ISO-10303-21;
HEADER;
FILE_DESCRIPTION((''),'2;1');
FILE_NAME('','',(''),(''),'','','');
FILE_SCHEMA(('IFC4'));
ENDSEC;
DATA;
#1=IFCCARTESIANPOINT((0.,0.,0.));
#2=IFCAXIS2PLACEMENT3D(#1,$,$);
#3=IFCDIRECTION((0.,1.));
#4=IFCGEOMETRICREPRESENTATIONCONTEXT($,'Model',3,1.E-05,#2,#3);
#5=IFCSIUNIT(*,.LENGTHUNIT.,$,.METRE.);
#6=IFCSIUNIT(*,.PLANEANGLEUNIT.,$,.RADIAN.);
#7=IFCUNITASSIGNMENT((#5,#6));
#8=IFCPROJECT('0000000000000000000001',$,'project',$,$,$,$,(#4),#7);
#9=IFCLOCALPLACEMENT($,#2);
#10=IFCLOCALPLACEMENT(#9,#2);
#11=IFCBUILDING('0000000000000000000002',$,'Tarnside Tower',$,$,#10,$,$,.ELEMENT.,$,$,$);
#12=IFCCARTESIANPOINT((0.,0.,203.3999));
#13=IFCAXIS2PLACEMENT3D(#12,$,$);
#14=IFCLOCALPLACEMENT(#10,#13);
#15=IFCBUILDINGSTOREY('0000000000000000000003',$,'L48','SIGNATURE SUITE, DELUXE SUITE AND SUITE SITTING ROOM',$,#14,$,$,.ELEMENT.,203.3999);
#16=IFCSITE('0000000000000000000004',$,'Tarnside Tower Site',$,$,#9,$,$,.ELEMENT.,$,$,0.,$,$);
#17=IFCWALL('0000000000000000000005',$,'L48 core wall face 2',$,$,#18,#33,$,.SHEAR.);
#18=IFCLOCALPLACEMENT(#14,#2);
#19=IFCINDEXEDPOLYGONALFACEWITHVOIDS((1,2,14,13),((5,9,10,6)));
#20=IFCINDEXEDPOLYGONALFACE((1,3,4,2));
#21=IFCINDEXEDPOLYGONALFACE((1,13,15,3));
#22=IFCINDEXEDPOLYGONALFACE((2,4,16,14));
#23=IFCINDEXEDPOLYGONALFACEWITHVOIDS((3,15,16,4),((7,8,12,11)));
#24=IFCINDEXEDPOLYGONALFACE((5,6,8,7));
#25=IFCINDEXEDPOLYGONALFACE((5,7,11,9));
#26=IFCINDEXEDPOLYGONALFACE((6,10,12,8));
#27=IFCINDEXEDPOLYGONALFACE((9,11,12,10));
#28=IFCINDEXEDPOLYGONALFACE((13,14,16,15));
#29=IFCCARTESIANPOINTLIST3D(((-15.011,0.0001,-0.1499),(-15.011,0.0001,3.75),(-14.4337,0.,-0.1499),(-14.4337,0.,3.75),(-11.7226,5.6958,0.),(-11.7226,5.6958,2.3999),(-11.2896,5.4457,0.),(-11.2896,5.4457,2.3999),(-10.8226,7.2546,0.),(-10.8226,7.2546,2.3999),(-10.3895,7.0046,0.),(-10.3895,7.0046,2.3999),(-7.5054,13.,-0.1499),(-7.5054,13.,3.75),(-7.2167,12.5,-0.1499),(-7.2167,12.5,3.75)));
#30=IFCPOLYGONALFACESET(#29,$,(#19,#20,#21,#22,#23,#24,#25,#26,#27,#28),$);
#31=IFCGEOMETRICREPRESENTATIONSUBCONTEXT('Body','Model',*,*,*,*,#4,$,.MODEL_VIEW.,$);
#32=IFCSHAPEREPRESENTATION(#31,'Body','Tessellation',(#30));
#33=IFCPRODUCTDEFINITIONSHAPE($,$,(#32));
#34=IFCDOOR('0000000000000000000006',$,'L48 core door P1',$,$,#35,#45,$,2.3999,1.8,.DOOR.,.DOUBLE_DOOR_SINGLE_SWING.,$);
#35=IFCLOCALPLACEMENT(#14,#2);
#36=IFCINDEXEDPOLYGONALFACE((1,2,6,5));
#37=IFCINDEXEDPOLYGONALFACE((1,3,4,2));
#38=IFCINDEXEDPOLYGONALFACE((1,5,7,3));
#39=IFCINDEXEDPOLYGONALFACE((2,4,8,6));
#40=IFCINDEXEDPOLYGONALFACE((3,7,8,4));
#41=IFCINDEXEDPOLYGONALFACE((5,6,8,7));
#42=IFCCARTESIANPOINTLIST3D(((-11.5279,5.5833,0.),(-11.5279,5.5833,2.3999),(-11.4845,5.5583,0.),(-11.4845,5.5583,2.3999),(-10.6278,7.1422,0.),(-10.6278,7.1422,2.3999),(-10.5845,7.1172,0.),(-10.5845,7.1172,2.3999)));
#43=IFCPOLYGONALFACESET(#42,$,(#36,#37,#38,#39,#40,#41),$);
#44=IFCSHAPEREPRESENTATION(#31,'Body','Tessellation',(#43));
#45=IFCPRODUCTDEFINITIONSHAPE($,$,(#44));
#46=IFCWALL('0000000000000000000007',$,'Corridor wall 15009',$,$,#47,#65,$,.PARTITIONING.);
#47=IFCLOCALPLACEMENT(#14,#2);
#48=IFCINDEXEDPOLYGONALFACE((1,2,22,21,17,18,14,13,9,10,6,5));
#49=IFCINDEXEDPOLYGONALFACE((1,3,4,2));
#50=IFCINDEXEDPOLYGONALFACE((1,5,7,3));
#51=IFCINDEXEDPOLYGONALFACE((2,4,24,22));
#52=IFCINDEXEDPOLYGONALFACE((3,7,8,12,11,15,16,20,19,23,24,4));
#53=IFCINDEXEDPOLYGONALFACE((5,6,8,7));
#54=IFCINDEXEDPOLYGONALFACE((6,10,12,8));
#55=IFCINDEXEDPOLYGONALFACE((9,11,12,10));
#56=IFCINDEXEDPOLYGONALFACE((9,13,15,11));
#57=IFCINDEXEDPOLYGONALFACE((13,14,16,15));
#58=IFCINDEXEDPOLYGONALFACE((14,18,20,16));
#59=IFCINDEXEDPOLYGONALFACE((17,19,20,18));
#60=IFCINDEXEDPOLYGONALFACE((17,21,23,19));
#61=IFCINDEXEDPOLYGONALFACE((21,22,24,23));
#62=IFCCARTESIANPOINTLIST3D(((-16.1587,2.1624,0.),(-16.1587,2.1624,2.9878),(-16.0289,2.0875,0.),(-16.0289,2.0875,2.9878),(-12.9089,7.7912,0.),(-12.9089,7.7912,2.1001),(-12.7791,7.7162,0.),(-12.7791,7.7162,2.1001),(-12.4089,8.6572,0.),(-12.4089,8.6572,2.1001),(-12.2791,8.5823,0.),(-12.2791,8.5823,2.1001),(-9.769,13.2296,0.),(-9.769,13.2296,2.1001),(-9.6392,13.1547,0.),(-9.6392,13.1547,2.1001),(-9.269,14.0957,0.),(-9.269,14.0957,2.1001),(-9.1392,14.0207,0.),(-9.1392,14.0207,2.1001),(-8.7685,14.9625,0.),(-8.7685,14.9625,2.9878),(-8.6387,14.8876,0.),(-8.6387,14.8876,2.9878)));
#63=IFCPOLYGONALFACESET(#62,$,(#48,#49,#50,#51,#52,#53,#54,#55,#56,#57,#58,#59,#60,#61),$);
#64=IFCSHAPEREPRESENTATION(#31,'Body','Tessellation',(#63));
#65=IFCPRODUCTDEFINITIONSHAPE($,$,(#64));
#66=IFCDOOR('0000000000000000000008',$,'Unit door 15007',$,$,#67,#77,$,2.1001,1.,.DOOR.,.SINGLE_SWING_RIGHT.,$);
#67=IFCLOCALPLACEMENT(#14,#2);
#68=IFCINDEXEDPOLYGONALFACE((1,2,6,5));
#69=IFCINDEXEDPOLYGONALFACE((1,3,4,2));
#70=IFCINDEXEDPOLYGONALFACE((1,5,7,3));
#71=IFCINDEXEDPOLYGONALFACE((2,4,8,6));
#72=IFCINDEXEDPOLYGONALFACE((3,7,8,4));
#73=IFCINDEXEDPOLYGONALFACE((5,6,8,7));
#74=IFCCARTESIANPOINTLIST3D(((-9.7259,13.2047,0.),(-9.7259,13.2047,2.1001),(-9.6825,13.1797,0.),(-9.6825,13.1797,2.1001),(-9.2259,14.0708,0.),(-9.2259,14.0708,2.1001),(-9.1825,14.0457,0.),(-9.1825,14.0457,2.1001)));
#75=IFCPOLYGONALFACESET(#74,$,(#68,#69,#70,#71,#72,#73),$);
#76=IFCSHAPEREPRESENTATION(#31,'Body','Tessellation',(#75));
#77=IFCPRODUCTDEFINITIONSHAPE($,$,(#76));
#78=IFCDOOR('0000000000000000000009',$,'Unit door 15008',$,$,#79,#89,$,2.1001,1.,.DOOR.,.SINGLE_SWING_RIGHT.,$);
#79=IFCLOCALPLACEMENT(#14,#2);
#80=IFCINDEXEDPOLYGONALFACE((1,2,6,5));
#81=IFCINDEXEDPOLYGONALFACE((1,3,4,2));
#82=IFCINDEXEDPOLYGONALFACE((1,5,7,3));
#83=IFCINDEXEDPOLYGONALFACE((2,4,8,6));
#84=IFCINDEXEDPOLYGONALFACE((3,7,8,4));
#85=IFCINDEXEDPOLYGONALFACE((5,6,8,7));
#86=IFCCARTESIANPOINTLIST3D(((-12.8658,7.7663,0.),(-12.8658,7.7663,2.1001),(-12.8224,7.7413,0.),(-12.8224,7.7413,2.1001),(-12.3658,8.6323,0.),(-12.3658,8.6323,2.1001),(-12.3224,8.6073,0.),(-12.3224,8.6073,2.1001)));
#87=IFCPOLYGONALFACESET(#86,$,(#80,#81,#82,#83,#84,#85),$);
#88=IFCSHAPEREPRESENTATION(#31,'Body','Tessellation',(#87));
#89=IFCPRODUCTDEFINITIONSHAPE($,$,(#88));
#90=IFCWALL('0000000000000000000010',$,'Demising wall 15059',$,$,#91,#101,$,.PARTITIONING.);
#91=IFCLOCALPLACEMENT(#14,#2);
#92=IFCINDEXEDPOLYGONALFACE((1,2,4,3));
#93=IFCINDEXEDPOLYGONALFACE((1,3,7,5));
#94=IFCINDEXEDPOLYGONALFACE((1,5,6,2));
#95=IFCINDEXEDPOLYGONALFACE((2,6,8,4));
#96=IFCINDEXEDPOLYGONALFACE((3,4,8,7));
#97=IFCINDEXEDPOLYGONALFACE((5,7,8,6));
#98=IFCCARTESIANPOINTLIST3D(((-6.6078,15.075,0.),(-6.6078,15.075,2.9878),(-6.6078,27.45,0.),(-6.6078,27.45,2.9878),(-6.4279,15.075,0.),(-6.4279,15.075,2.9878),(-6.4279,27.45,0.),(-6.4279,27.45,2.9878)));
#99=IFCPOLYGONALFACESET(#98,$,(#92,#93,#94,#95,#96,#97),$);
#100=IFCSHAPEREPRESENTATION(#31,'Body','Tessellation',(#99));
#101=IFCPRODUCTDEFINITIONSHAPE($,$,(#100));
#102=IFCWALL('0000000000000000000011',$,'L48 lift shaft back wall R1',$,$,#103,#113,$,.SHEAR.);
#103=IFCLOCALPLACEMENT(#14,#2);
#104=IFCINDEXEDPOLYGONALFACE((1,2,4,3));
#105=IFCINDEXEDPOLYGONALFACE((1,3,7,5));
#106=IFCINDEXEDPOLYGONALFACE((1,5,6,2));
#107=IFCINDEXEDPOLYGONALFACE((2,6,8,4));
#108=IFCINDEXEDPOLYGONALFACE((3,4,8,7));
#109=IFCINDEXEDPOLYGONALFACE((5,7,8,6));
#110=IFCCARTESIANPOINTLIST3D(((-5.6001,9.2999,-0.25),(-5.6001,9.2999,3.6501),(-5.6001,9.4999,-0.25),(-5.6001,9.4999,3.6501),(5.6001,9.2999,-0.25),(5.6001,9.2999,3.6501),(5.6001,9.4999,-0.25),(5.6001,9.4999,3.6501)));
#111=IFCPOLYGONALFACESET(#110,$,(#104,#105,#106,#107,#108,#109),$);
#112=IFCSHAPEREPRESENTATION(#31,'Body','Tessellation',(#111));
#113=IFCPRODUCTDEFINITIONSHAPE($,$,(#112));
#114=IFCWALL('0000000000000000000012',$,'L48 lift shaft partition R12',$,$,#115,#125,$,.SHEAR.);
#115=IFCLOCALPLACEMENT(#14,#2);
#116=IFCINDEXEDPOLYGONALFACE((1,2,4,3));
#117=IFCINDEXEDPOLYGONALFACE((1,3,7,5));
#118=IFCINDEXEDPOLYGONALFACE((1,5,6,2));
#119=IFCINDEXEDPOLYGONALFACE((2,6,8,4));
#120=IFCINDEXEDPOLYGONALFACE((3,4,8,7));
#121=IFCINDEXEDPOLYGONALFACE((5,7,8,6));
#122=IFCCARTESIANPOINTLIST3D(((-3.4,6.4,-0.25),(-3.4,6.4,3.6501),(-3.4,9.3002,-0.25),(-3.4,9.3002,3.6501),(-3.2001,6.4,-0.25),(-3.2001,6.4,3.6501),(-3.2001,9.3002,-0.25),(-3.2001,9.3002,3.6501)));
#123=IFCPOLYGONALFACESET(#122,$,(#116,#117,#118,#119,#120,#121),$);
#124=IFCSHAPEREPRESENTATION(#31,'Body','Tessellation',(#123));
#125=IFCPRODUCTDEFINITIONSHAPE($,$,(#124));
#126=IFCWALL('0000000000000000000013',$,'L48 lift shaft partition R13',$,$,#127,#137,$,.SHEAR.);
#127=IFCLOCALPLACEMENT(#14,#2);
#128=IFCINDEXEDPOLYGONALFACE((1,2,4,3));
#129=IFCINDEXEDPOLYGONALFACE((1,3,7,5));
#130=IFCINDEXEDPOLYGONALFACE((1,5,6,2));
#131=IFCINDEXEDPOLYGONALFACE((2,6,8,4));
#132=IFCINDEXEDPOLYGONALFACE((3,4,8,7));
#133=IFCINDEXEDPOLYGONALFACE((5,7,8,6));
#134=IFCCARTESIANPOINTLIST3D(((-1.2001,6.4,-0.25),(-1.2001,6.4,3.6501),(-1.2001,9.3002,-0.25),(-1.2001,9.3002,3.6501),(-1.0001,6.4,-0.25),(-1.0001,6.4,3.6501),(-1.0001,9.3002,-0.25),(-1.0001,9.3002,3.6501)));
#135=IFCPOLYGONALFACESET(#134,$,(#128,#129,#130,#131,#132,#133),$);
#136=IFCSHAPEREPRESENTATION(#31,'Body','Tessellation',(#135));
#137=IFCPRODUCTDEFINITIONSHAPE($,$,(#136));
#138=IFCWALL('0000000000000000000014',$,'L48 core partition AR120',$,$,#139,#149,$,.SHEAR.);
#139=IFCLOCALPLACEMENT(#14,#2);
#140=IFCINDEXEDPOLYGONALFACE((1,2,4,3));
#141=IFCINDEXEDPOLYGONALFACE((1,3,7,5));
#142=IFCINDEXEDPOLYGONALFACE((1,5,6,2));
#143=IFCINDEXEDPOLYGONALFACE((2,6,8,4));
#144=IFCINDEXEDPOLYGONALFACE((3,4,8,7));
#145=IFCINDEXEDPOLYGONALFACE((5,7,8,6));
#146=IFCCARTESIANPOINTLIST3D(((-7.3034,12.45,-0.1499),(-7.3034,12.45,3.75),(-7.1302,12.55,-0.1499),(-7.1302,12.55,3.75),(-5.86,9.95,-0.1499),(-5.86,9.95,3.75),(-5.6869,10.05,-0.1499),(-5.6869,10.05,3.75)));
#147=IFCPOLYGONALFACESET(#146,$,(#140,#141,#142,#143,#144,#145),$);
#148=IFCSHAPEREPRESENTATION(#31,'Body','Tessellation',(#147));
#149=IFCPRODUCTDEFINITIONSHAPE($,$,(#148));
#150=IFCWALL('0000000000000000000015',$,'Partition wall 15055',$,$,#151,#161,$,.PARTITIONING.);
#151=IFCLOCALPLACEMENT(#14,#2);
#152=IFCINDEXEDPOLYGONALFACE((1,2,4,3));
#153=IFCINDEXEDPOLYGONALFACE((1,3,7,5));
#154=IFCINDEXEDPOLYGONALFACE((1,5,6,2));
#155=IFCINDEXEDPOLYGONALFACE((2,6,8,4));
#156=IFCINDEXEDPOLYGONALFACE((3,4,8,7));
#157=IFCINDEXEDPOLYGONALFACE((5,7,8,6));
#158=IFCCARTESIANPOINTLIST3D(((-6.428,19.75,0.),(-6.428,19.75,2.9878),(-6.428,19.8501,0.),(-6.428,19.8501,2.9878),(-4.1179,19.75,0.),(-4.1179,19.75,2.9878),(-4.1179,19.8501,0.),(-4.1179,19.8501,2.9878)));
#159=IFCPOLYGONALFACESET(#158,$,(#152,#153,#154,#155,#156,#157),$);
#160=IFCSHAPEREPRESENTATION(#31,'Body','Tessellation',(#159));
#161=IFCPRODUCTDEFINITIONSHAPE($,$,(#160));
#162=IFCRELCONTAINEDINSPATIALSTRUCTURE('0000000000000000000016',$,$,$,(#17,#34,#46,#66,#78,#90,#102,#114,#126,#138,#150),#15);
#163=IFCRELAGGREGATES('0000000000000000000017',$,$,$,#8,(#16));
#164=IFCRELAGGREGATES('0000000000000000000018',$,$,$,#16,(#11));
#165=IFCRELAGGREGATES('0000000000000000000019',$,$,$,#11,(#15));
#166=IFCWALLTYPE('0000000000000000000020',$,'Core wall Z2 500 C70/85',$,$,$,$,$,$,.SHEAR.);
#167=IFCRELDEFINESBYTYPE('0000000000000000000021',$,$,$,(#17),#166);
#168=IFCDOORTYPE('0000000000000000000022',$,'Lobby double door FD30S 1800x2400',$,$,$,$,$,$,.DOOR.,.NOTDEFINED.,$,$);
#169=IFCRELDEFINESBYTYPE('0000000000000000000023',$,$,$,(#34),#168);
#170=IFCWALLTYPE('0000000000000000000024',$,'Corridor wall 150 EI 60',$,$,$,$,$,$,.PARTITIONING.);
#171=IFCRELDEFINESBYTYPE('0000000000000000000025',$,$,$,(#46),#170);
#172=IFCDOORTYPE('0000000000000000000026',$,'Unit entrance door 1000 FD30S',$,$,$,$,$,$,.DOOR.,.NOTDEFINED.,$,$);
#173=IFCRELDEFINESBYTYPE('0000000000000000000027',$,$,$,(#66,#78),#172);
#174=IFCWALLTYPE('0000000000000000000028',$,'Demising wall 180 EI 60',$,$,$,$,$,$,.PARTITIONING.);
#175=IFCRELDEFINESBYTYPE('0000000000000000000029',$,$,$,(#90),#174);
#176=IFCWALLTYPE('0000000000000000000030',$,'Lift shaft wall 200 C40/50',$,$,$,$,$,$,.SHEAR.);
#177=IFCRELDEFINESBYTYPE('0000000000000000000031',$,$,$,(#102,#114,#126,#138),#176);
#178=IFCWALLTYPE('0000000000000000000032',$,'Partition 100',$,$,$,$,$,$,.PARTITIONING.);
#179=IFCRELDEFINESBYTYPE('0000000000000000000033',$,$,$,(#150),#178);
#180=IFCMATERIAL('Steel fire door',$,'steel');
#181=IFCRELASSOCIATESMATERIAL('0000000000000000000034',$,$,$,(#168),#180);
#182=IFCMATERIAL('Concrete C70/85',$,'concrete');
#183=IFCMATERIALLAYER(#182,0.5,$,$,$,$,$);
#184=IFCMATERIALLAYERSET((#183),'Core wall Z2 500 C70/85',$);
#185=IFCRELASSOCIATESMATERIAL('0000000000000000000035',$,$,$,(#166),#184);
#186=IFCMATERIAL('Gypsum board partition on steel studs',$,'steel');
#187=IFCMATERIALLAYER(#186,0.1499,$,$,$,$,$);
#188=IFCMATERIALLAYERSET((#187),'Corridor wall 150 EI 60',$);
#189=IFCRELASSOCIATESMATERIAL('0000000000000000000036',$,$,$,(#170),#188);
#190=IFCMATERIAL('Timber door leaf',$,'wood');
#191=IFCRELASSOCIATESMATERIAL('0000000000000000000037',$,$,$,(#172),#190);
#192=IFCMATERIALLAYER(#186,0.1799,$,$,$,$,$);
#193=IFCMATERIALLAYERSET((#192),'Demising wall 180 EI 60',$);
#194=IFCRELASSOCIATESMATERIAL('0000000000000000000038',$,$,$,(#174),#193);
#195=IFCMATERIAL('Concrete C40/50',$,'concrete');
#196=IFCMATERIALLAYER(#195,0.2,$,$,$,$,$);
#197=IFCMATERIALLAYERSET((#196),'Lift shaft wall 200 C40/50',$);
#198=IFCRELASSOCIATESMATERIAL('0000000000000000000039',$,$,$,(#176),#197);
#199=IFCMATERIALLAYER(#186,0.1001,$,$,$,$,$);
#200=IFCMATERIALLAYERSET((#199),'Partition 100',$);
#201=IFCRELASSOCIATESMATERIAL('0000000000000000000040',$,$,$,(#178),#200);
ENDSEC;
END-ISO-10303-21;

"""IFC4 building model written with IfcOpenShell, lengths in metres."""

from ifc_helpers import new_model, si_unit, direction, frame, frame_2d, origin, place, context, subcontext, project, spatial, polyline, rectangle, outline, extrude, material, layer, layer_set, type_object, element, fill, save


model = new_model("IFC4")

# Units and contexts
model_context = context("Model", 3, precision=1e-05, world=origin(), true_north=direction((0.0, 1.0)))
body_context = subcontext(model_context, "Body", "Model", "MODEL_VIEW")
ifc_project = project(units=[si_unit("LENGTHUNIT", "METRE"), si_unit("PLANEANGLEUNIT", "RADIAN")], contexts=[model_context])

# Site, building, storey
site_placement = place(None, origin())
site = spatial("IfcSite", under=ifc_project, at=site_placement, Name="Tarnside Tower Site", CompositionType="ELEMENT", RefElevation=0.0)
building_placement = place(site_placement, origin())
building = spatial("IfcBuilding", under=site, at=building_placement, Name="Tarnside Tower", CompositionType="ELEMENT")
storey_placement = place(building_placement, frame((0.0, 0.0, 203.3999)))
storey = spatial("IfcBuildingStorey", under=building, at=storey_placement, Name="L48", Description="SIGNATURE SUITE, DELUXE SUITE AND SUITE SITTING ROOM", CompositionType="ELEMENT", Elevation=203.3999)

# Shared definitions
ifc_material_1 = material(Name="Gypsum board partition on steel studs", Category="steel")
ifc_material_2 = material(Name="Timber door leaf", Category="wood")

# Wall, opening, door
ifc_material_3 = material(Name="Steel fire door", Category="steel")
door_type_1 = type_object("IfcDoorType", Name="Lobby double door FD30S 1800x2400", OperationType="NOTDEFINED", PredefinedType="DOOR", material=ifc_material_3)
ifc_material_4 = material(Name="Concrete C70/85", Category="concrete")
ifc_layer_1 = layer(ifc_material_4, 0.5)
ifc_layer_set_1 = layer_set([ifc_layer_1], Name="Core wall Z2 500 C70/85")
wall_type_1 = type_object("IfcWallType", Name="Core wall Z2 500 C70/85", PredefinedType="SHEAR", material=ifc_layer_set_1)
wall_1_placement = place(storey_placement, frame((-7.3611, 12.75, -0.1499), z_axis=(0.0, 0.0, 1.0), x_axis=(-0.500006, -0.866022, 0.0)))
wall_1 = element("IfcWall", 1, at=wall_1_placement, inside=storey, type_object=wall_type_1, Name="L48 core wall face 2", PredefinedType="SHEAR", context=body_context, shape_type="SweptSolid", body=[
    extrude(outline(polyline([(-0.1443, -0.25), (14.8667, -0.25), (14.5781, 0.25), (0.1443, 0.25), (-0.1443, -0.25)])), origin(), (0.0, 0.0, 1.0), 3.8999),
])
opening_1_placement = place(wall_1_placement, frame((6.49, 0.0, 0.1499)))
opening_1 = element("IfcOpeningElement", 2, at=opening_1_placement, cuts=wall_1, PredefinedType="OPENING", context=body_context, shape_type="SweptSolid", body=[
    extrude(rectangle(XDim=1.8, YDim=2.3999, at=frame_2d((0.8999, 1.2))), frame((0.0, 0.26, 0.0), z_axis=(0.0, -1.0, 0.0), x_axis=(1.0, 0.0, 0.0)), (0.0, 0.0, 1.0), 0.52),
])
door_1_placement = place(opening_1_placement, origin())
door_1 = element("IfcDoor", 3, at=door_1_placement, inside=storey, type_object=door_type_1, Name="L48 core door P1", OperationType="DOUBLE_DOOR_SINGLE_SWING", OverallHeight=2.3999, OverallWidth=1.8, PredefinedType="DOOR", context=body_context, shape_type="SweptSolid", body=[
    extrude(rectangle(XDim=1.8, YDim=2.3999, at=frame_2d((0.8999, 1.2))), frame((0.0, 0.0249, 0.0), z_axis=(0.0, -1.0, 0.0), x_axis=(1.0, 0.0, 0.0)), (0.0, 0.0, 1.0), 0.05),
])
fill(opening_1, door_1)

# Wall, openings, doors
ifc_layer_2 = layer(ifc_material_1, 0.1499)
ifc_layer_set_2 = layer_set([ifc_layer_2], Name="Corridor wall 150 EI 60")
wall_type_2 = type_object("IfcWallType", Name="Corridor wall 150 EI 60", PredefinedType="PARTITIONING", material=ifc_layer_set_2)
wall_2_placement = place(storey_placement, frame((-8.7036, 14.925, 0.0), z_axis=(0.0, 0.0, 1.0), x_axis=(-0.500001, -0.866025, 0.0)))
wall_2 = element("IfcWall", 4, at=wall_2_placement, inside=storey, type_object=wall_type_2, Name="Corridor wall 15009", PredefinedType="PARTITIONING", context=body_context, shape_type="SweptSolid", body=[
    extrude(rectangle(XDim=14.7803, YDim=0.1499, at=frame_2d((7.3901, 0.0))), origin(), (0.0, 0.0, 1.0), 2.9878),
])
opening_2_placement = place(wall_2_placement, frame((1.001, 0.0, 0.0)))
opening_2 = element("IfcOpeningElement", 5, at=opening_2_placement, cuts=wall_2, PredefinedType="OPENING", context=body_context, shape_type="SweptSolid", body=[
    extrude(rectangle(XDim=1.0, YDim=2.1001, at=frame_2d((0.5, 1.05))), frame((0.0, 0.085, 0.0), z_axis=(0.0, -1.0, 0.0), x_axis=(1.0, 0.0, 0.0)), (0.0, 0.0, 1.0), 0.1699),
])
opening_3_placement = place(wall_2_placement, frame((7.2808, 0.0, 0.0)))
opening_3 = element("IfcOpeningElement", 6, at=opening_3_placement, cuts=wall_2, PredefinedType="OPENING", context=body_context, shape_type="SweptSolid", body=[
    extrude(rectangle(XDim=1.0, YDim=2.1001, at=frame_2d((0.5, 1.05))), frame((0.0, 0.085, 0.0), z_axis=(0.0, -1.0, 0.0), x_axis=(1.0, 0.0, 0.0)), (0.0, 0.0, 1.0), 0.1699),
])
door_type_2 = type_object("IfcDoorType", Name="Unit entrance door 1000 FD30S", OperationType="NOTDEFINED", PredefinedType="DOOR", material=ifc_material_2)
door_2_placement = place(opening_2_placement, origin())
door_2 = element("IfcDoor", 7, at=door_2_placement, inside=storey, type_object=door_type_2, Name="Unit door 15007", OperationType="SINGLE_SWING_RIGHT", OverallHeight=2.1001, OverallWidth=1.0, PredefinedType="DOOR", context=body_context, shape_type="SweptSolid", body=[
    extrude(rectangle(XDim=1.0, YDim=2.1001, at=frame_2d((0.5, 1.05))), frame((0.0, 0.0249, 0.0), z_axis=(0.0, -1.0, 0.0), x_axis=(1.0, 0.0, 0.0)), (0.0, 0.0, 1.0), 0.05),
])
fill(opening_2, door_2)
door_3_placement = place(opening_3_placement, origin())
door_3 = element("IfcDoor", 8, at=door_3_placement, inside=storey, type_object=door_type_2, Name="Unit door 15008", OperationType="SINGLE_SWING_RIGHT", OverallHeight=2.1001, OverallWidth=1.0, PredefinedType="DOOR", context=body_context, shape_type="SweptSolid", body=[
    extrude(rectangle(XDim=1.0, YDim=2.1001, at=frame_2d((0.5, 1.05))), frame((0.0, 0.0249, 0.0), z_axis=(0.0, -1.0, 0.0), x_axis=(1.0, 0.0, 0.0)), (0.0, 0.0, 1.0), 0.05),
])
fill(opening_3, door_3)

# Walls
ifc_layer_3 = layer(ifc_material_1, 0.1799)
ifc_layer_set_3 = layer_set([ifc_layer_3], Name="Demising wall 180 EI 60")
wall_type_3 = type_object("IfcWallType", Name="Demising wall 180 EI 60", PredefinedType="PARTITIONING", material=ifc_layer_set_3)
wall_3_placement = place(storey_placement, frame((-6.5178, 27.45, 0.0), z_axis=(0.0, 0.0, 1.0), x_axis=(0.0, -1.0, 0.0)))
element("IfcWall", 9, at=wall_3_placement, inside=storey, type_object=wall_type_3, Name="Demising wall 15059", PredefinedType="PARTITIONING", context=body_context, shape_type="SweptSolid", body=[
    extrude(rectangle(XDim=12.375, YDim=0.1799, at=frame_2d((6.1875, 0.0))), origin(), (0.0, 0.0, 1.0), 2.9878),
])
ifc_material_5 = material(Name="Concrete C40/50", Category="concrete")
ifc_layer_4 = layer(ifc_material_5, 0.2)
ifc_layer_set_4 = layer_set([ifc_layer_4], Name="Lift shaft wall 200 C40/50")
wall_type_4 = type_object("IfcWallType", Name="Lift shaft wall 200 C40/50", PredefinedType="SHEAR", material=ifc_layer_set_4)
wall_4_placement = place(storey_placement, frame((-5.6001, 9.3999, -0.25), z_axis=(0.0, 0.0, 1.0), x_axis=(1.0, 0.0, 0.0)))
element("IfcWall", 10, at=wall_4_placement, inside=storey, type_object=wall_type_4, Name="L48 lift shaft back wall R1", PredefinedType="SHEAR", context=body_context, shape_type="SweptSolid", body=[
    extrude(rectangle(XDim=11.2002, YDim=0.2, at=frame_2d((5.6001, 0.0))), origin(), (0.0, 0.0, 1.0), 3.9001),
])
for number, where, z_axis, x_axis, name in (
    (11, (-3.3, 6.3999, -0.25), (0.0, 0.0, 1.0), (0.0, 1.0, 0.0), "L48 lift shaft partition R12"),
    (12, (-1.1001, 6.3999, -0.25), (0.0, 0.0, 1.0), (0.0, 1.0, 0.0), "L48 lift shaft partition R13"),
):
    element("IfcWall", number, at=place(storey_placement, frame(where, z_axis=z_axis, x_axis=x_axis)), inside=storey, type_object=wall_type_4, Name=name, PredefinedType="SHEAR", context=body_context, shape_type="SweptSolid", body=[
        extrude(rectangle(XDim=2.9001, YDim=0.2, at=frame_2d((1.4502, 0.0))), origin(), (0.0, 0.0, 1.0), 3.9001),
    ])
wall_5_placement = place(storey_placement, frame((-5.7734, 10.0, -0.1499), z_axis=(0.0, 0.0, 1.0), x_axis=(-0.499996, 0.866028, 0.0)))
element("IfcWall", 13, at=wall_5_placement, inside=storey, type_object=wall_type_4, Name="L48 core partition AR120", PredefinedType="SHEAR", context=body_context, shape_type="SweptSolid", body=[
    extrude(rectangle(XDim=2.8867, YDim=0.2, at=frame_2d((1.4434, 0.0))), origin(), (0.0, 0.0, 1.0), 3.8999),
])
ifc_layer_5 = layer(ifc_material_1, 0.1001)
ifc_layer_set_5 = layer_set([ifc_layer_5], Name="Partition 100")
wall_type_5 = type_object("IfcWallType", Name="Partition 100", PredefinedType="PARTITIONING", material=ifc_layer_set_5)
wall_6_placement = place(storey_placement, frame((-6.428, 19.8, 0.0), z_axis=(0.0, 0.0, 1.0), x_axis=(1.0, 0.0, 0.0)))
element("IfcWall", 14, at=wall_6_placement, inside=storey, type_object=wall_type_5, Name="Partition wall 15055", PredefinedType="PARTITIONING", context=body_context, shape_type="SweptSolid", body=[
    extrude(rectangle(XDim=2.3101, YDim=0.1001, at=frame_2d((1.155, 0.0))), origin(), (0.0, 0.0, 1.0), 2.9878),
])

save(model, "model.ifc")
